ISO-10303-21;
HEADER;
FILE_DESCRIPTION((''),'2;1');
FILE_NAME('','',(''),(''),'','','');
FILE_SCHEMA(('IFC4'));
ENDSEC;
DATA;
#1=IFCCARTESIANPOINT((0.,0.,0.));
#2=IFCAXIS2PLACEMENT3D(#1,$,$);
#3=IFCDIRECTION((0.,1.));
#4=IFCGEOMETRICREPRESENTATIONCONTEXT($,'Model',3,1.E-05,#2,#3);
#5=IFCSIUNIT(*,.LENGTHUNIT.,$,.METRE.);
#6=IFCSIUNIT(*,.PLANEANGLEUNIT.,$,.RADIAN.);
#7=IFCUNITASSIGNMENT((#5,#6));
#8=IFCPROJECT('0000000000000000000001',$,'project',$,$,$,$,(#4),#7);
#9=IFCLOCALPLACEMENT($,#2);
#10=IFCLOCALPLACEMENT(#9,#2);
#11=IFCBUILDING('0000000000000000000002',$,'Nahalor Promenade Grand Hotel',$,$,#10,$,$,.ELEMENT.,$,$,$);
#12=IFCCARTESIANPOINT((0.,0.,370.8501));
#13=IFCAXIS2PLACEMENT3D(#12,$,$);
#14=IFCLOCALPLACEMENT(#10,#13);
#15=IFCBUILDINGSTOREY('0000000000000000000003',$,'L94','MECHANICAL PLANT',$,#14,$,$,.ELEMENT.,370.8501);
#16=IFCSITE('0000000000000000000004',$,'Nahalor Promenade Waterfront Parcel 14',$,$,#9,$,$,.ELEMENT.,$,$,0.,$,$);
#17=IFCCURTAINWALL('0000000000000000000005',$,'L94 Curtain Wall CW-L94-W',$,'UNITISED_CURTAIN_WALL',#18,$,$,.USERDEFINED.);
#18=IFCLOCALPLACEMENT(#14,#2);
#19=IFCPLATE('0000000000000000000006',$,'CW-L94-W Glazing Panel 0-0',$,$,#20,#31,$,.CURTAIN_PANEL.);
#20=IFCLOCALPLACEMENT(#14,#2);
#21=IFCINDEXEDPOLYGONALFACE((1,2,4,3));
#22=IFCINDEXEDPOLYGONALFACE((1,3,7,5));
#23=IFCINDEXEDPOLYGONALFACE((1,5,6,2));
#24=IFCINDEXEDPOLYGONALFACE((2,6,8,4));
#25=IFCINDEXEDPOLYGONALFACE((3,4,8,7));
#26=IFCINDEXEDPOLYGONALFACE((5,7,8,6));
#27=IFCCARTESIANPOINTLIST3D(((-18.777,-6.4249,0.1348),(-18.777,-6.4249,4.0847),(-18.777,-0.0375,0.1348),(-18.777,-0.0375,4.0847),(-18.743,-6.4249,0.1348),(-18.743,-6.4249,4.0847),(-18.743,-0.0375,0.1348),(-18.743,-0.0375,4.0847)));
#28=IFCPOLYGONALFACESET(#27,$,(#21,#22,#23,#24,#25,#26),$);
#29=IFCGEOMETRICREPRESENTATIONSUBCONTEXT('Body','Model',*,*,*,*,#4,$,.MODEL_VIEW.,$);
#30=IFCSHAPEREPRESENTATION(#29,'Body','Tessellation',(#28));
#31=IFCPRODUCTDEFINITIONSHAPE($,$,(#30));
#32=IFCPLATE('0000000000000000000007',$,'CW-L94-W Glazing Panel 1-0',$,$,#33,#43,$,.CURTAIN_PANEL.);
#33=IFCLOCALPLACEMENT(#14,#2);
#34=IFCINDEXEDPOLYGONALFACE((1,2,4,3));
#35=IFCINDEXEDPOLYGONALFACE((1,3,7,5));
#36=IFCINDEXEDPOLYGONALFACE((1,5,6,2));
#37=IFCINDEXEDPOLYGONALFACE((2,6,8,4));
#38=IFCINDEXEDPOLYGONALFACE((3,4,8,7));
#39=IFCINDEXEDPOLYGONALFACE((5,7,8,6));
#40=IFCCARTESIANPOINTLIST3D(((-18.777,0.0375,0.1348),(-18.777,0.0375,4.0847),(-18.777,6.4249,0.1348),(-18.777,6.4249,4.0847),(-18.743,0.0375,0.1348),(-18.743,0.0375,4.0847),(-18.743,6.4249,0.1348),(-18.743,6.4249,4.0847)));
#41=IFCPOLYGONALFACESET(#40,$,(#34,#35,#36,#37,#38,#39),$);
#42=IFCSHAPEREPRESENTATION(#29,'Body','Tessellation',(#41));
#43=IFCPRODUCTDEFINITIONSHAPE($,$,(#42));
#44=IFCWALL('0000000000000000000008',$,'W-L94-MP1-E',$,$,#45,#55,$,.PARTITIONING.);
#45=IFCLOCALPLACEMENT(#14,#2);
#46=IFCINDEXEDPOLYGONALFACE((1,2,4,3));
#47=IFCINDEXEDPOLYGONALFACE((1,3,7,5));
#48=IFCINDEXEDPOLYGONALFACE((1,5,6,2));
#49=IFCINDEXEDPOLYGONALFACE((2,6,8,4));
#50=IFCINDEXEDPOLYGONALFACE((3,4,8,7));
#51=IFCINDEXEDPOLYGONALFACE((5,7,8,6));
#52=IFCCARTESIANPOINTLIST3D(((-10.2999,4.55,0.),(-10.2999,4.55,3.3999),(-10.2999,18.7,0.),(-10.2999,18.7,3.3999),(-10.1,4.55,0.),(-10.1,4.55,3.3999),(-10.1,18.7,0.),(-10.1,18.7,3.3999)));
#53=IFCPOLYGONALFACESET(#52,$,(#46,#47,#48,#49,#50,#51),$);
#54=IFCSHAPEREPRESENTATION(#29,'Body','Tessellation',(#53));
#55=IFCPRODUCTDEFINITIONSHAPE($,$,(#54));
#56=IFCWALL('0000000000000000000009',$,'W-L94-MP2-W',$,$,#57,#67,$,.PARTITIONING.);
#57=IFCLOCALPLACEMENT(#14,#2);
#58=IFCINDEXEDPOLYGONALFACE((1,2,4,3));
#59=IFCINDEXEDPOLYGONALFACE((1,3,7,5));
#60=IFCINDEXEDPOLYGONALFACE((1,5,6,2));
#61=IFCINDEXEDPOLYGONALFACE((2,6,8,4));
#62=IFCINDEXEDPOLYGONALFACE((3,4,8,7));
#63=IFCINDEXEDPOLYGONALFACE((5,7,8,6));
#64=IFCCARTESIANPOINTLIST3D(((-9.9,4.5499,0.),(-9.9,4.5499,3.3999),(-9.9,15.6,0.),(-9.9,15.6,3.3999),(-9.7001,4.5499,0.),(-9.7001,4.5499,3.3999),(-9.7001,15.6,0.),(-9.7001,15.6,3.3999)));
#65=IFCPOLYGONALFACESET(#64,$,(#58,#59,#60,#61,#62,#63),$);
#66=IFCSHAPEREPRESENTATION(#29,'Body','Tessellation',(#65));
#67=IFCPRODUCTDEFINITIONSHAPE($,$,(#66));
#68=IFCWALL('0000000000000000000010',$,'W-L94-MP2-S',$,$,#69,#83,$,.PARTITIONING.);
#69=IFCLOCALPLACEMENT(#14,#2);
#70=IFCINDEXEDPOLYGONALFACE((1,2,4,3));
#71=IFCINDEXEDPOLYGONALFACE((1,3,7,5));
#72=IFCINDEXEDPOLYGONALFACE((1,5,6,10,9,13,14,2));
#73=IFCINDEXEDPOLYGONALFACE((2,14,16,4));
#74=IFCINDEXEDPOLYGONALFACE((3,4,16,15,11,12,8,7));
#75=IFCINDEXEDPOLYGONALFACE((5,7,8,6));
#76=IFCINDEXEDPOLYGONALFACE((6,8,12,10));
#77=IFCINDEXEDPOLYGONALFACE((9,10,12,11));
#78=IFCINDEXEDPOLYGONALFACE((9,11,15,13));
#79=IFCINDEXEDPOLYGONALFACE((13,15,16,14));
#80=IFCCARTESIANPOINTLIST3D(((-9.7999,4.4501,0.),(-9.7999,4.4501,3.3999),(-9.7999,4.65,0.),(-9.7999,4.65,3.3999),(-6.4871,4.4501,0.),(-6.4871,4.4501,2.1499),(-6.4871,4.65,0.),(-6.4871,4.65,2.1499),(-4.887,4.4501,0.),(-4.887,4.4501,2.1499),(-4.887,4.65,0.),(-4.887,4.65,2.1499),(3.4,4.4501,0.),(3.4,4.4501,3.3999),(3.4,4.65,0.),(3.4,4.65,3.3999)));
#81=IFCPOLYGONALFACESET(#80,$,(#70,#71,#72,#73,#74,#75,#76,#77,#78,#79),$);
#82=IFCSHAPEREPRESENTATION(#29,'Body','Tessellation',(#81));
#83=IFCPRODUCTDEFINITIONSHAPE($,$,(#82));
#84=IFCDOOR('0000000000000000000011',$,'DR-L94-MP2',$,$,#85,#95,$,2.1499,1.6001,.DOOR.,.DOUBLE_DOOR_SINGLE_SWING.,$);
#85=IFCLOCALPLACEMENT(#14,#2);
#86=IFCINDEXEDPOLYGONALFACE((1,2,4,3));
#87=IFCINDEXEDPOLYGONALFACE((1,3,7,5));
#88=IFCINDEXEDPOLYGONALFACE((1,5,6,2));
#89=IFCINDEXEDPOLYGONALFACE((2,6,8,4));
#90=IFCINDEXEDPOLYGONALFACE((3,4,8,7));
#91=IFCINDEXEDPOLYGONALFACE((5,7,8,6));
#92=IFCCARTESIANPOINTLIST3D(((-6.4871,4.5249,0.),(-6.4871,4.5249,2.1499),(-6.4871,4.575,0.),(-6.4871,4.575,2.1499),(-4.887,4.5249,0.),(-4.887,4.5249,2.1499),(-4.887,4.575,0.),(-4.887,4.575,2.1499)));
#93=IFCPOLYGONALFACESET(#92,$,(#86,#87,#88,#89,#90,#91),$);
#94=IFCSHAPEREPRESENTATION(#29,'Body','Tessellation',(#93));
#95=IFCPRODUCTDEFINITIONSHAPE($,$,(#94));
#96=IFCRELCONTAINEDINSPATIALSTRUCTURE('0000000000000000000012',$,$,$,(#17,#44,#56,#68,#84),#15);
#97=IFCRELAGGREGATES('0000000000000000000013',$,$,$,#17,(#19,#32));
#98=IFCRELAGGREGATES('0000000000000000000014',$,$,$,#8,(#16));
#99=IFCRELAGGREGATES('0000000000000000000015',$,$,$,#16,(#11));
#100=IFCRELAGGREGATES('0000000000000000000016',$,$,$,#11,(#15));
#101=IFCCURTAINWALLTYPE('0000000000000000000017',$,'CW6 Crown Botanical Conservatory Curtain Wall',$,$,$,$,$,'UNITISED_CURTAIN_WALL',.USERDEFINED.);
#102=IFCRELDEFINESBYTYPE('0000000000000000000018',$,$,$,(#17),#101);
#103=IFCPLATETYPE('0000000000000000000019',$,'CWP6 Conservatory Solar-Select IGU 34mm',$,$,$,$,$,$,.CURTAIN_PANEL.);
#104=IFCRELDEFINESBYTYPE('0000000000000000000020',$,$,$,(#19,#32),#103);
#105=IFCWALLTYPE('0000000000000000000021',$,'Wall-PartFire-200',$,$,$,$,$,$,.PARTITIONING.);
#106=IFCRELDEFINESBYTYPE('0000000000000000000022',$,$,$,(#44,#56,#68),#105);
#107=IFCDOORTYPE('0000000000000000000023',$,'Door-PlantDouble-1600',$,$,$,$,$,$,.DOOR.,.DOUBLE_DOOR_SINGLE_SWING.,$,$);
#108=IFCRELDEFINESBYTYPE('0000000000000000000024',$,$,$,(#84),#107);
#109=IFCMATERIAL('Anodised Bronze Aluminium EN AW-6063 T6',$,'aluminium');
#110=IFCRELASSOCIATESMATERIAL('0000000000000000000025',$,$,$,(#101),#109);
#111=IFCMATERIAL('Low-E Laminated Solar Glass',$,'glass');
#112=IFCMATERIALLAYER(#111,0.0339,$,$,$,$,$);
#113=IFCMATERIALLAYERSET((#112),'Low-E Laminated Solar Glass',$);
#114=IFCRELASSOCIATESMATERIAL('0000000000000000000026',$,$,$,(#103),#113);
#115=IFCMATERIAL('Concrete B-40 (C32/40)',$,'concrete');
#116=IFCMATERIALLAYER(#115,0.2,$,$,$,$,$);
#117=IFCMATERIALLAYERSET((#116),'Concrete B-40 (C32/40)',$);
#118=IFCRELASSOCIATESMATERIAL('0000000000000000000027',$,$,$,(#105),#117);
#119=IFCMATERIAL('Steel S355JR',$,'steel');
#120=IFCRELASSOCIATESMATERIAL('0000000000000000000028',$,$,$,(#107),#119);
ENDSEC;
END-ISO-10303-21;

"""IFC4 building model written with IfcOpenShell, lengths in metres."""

from ifc_helpers import new_model, si_unit, direction, frame, frame_2d, origin, origin_2d, place, context, subcontext, project, spatial, rectangle, extrude, source, transform, mapped, material, layer, layer_set, type_object, element, fill, aggregate, save


model = new_model("IFC4")

# Units and contexts
model_context = context("Model", 3, precision=1e-05, world=origin(), true_north=direction((0.0, 1.0)))
body_context = subcontext(model_context, "Body", "Model", "MODEL_VIEW")
ifc_project = project(units=[si_unit("LENGTHUNIT", "METRE"), si_unit("PLANEANGLEUNIT", "RADIAN")], contexts=[model_context])

# Site, building, storey
site_placement = place(None, origin())
site = spatial("IfcSite", under=ifc_project, at=site_placement, Name="Nahalor Promenade Waterfront Parcel 14", CompositionType="ELEMENT", RefElevation=0.0)
building_placement = place(site_placement, origin())
building = spatial("IfcBuilding", under=site, at=building_placement, Name="Nahalor Promenade Grand Hotel", CompositionType="ELEMENT")
storey_placement = place(building_placement, frame((0.0, 0.0, 370.8501)))
storey = spatial("IfcBuildingStorey", under=building, at=storey_placement, Name="L94", Description="MECHANICAL PLANT", CompositionType="ELEMENT", Elevation=370.8501)

# Shared definitions
ifc_material_1 = material(Name="Steel S355JR", Category="steel")

# Curtain wall
ifc_material_2 = material(Name="Anodised Bronze Aluminium EN AW-6063 T6", Category="aluminium")
curtain_wall_type = type_object("IfcCurtainWallType", Name="CW6 Crown Botanical Conservatory Curtain Wall", ElementType="UNITISED_CURTAIN_WALL", PredefinedType="USERDEFINED", material=ifc_material_2)
curtain_wall_placement = place(storey_placement, origin())
curtain_wall = element("IfcCurtainWall", 1, at=curtain_wall_placement, inside=storey, type_object=curtain_wall_type, Name="L94 Curtain Wall CW-L94-W", ObjectType="UNITISED_CURTAIN_WALL", PredefinedType="USERDEFINED")

# Plates
ifc_material_3 = material(Name="Low-E Laminated Solar Glass", Category="glass")
ifc_layer_1 = layer(ifc_material_3, 0.0339)
ifc_layer_set_1 = layer_set([ifc_layer_1], Name="Low-E Laminated Solar Glass")
plate_type_1 = type_object("IfcPlateType", Name="CWP6 Conservatory Solar-Select IGU 34mm", PredefinedType="CURTAIN_PANEL", material=ifc_layer_set_1)
shared_shape_1 = source(origin(), body_context, "Body", "SweptSolid", [
    extrude(rectangle(XDim=6.3875, YDim=0.0339, at=origin_2d()), origin(), (0.0, 0.0, 1.0), 3.95),
])
plate_1_placement = place(storey_placement, frame((-18.76, -3.2312, 0.1348), z_axis=(0.0, 0.0, 1.0), x_axis=(0.0, 1.0, 0.0)))
plate_1 = element("IfcPlate", 2, at=plate_1_placement, type_object=plate_type_1, Name="CW-L94-W Glazing Panel 0-0", PredefinedType="CURTAIN_PANEL", context=body_context, shape_type="MappedRepresentation", body=[
    mapped(shared_shape_1, transform((0.0, 0.0, 0.0), scale=1.0)),
])
plate_2_placement = place(storey_placement, frame((-18.76, 3.2312, 0.1348), z_axis=(0.0, 0.0, 1.0), x_axis=(0.0, 1.0, 0.0)))
plate_2 = element("IfcPlate", 3, at=plate_2_placement, type_object=plate_type_1, Name="CW-L94-W Glazing Panel 1-0", PredefinedType="CURTAIN_PANEL", context=body_context, shape_type="MappedRepresentation", body=[
    mapped(shared_shape_1, transform((0.0, 0.0, 0.0), scale=1.0)),
])
aggregate(curtain_wall, [plate_1, plate_2])

# Walls
ifc_material_4 = material(Name="Concrete B-40 (C32/40)", Category="concrete")
ifc_layer_2 = layer(ifc_material_4, 0.2)
ifc_layer_set_2 = layer_set([ifc_layer_2], Name="Concrete B-40 (C32/40)")
wall_type = type_object("IfcWallType", Name="Wall-PartFire-200", PredefinedType="PARTITIONING", material=ifc_layer_set_2)
shared_shape_2 = source(origin(), body_context, "Body", "SweptSolid", [
    extrude(rectangle(XDim=14.1499, YDim=0.2, at=frame_2d((7.075, 0.0))), origin(), (0.0, 0.0, 1.0), 3.3999),
])
wall_1_placement = place(storey_placement, frame((-10.2, 4.55, 0.0), z_axis=(0.0, 0.0, 1.0), x_axis=(0.0, 1.0, 0.0)))
element("IfcWall", 4, at=wall_1_placement, inside=storey, type_object=wall_type, Name="W-L94-MP1-E", PredefinedType="PARTITIONING", context=body_context, shape_type="MappedRepresentation", body=[
    mapped(shared_shape_2, transform((0.0, 0.0, 0.0), scale=1.0)),
])
shared_shape_3 = source(origin(), body_context, "Body", "SweptSolid", [
    extrude(rectangle(XDim=11.05, YDim=0.2, at=frame_2d((5.5249, 0.0))), origin(), (0.0, 0.0, 1.0), 3.3999),
])
wall_2_placement = place(storey_placement, frame((-9.8, 4.55, 0.0), z_axis=(0.0, 0.0, 1.0), x_axis=(0.0, 1.0, 0.0)))
element("IfcWall", 5, at=wall_2_placement, inside=storey, type_object=wall_type, Name="W-L94-MP2-W", PredefinedType="PARTITIONING", context=body_context, shape_type="MappedRepresentation", body=[
    mapped(shared_shape_3, transform((0.0, 0.0, 0.0), scale=1.0)),
])

# Wall, opening, door
door_type = type_object("IfcDoorType", Name="Door-PlantDouble-1600", OperationType="DOUBLE_DOOR_SINGLE_SWING", PredefinedType="DOOR", material=ifc_material_1)
shared_shape_4 = source(origin(), body_context, "Body", "SweptSolid", [
    extrude(rectangle(XDim=1.6001, YDim=2.1499, at=frame_2d((0.8, 1.075))), frame((0.0, 0.0249, 0.0), z_axis=(0.0, -1.0, 0.0), x_axis=(1.0, 0.0, 0.0)), (0.0, 0.0, 1.0), 0.05),
])
shared_shape_5 = source(origin(), body_context, "Body", "SweptSolid", [
    extrude(rectangle(XDim=13.2, YDim=0.2, at=frame_2d((6.6001, 0.0))), origin(), (0.0, 0.0, 1.0), 3.3999),
])
wall_3_placement = place(storey_placement, frame((-9.8, 4.55, 0.0), z_axis=(0.0, 0.0, 1.0), x_axis=(1.0, 0.0, 0.0)))
wall_3 = element("IfcWall", 6, at=wall_3_placement, inside=storey, type_object=wall_type, Name="W-L94-MP2-S", PredefinedType="PARTITIONING", context=body_context, shape_type="MappedRepresentation", body=[
    mapped(shared_shape_5, transform((0.0, 0.0, 0.0), scale=1.0)),
])
opening_1_placement = place(wall_3_placement, frame((3.313, 0.0, 0.0)))
opening_1 = element("IfcOpeningElement", 7, at=opening_1_placement, cuts=wall_3, PredefinedType="OPENING", context=body_context, shape_type="SweptSolid", body=[
    extrude(rectangle(XDim=1.6001, YDim=2.1499, at=frame_2d((0.8, 1.075))), frame((0.0, 0.1099, 0.0), z_axis=(0.0, -1.0, 0.0), x_axis=(1.0, 0.0, 0.0)), (0.0, 0.0, 1.0), 0.22),
])
door_1_placement = place(opening_1_placement, origin())
door_1 = element("IfcDoor", 8, at=door_1_placement, inside=storey, type_object=door_type, Name="DR-L94-MP2", OperationType="DOUBLE_DOOR_SINGLE_SWING", OverallHeight=2.1499, OverallWidth=1.6001, PredefinedType="DOOR", context=body_context, shape_type="MappedRepresentation", body=[
    mapped(shared_shape_4, transform((0.0, 0.0, 0.0), scale=1.0)),
])
fill(opening_1, door_1)

save(model, "model.ifc")
